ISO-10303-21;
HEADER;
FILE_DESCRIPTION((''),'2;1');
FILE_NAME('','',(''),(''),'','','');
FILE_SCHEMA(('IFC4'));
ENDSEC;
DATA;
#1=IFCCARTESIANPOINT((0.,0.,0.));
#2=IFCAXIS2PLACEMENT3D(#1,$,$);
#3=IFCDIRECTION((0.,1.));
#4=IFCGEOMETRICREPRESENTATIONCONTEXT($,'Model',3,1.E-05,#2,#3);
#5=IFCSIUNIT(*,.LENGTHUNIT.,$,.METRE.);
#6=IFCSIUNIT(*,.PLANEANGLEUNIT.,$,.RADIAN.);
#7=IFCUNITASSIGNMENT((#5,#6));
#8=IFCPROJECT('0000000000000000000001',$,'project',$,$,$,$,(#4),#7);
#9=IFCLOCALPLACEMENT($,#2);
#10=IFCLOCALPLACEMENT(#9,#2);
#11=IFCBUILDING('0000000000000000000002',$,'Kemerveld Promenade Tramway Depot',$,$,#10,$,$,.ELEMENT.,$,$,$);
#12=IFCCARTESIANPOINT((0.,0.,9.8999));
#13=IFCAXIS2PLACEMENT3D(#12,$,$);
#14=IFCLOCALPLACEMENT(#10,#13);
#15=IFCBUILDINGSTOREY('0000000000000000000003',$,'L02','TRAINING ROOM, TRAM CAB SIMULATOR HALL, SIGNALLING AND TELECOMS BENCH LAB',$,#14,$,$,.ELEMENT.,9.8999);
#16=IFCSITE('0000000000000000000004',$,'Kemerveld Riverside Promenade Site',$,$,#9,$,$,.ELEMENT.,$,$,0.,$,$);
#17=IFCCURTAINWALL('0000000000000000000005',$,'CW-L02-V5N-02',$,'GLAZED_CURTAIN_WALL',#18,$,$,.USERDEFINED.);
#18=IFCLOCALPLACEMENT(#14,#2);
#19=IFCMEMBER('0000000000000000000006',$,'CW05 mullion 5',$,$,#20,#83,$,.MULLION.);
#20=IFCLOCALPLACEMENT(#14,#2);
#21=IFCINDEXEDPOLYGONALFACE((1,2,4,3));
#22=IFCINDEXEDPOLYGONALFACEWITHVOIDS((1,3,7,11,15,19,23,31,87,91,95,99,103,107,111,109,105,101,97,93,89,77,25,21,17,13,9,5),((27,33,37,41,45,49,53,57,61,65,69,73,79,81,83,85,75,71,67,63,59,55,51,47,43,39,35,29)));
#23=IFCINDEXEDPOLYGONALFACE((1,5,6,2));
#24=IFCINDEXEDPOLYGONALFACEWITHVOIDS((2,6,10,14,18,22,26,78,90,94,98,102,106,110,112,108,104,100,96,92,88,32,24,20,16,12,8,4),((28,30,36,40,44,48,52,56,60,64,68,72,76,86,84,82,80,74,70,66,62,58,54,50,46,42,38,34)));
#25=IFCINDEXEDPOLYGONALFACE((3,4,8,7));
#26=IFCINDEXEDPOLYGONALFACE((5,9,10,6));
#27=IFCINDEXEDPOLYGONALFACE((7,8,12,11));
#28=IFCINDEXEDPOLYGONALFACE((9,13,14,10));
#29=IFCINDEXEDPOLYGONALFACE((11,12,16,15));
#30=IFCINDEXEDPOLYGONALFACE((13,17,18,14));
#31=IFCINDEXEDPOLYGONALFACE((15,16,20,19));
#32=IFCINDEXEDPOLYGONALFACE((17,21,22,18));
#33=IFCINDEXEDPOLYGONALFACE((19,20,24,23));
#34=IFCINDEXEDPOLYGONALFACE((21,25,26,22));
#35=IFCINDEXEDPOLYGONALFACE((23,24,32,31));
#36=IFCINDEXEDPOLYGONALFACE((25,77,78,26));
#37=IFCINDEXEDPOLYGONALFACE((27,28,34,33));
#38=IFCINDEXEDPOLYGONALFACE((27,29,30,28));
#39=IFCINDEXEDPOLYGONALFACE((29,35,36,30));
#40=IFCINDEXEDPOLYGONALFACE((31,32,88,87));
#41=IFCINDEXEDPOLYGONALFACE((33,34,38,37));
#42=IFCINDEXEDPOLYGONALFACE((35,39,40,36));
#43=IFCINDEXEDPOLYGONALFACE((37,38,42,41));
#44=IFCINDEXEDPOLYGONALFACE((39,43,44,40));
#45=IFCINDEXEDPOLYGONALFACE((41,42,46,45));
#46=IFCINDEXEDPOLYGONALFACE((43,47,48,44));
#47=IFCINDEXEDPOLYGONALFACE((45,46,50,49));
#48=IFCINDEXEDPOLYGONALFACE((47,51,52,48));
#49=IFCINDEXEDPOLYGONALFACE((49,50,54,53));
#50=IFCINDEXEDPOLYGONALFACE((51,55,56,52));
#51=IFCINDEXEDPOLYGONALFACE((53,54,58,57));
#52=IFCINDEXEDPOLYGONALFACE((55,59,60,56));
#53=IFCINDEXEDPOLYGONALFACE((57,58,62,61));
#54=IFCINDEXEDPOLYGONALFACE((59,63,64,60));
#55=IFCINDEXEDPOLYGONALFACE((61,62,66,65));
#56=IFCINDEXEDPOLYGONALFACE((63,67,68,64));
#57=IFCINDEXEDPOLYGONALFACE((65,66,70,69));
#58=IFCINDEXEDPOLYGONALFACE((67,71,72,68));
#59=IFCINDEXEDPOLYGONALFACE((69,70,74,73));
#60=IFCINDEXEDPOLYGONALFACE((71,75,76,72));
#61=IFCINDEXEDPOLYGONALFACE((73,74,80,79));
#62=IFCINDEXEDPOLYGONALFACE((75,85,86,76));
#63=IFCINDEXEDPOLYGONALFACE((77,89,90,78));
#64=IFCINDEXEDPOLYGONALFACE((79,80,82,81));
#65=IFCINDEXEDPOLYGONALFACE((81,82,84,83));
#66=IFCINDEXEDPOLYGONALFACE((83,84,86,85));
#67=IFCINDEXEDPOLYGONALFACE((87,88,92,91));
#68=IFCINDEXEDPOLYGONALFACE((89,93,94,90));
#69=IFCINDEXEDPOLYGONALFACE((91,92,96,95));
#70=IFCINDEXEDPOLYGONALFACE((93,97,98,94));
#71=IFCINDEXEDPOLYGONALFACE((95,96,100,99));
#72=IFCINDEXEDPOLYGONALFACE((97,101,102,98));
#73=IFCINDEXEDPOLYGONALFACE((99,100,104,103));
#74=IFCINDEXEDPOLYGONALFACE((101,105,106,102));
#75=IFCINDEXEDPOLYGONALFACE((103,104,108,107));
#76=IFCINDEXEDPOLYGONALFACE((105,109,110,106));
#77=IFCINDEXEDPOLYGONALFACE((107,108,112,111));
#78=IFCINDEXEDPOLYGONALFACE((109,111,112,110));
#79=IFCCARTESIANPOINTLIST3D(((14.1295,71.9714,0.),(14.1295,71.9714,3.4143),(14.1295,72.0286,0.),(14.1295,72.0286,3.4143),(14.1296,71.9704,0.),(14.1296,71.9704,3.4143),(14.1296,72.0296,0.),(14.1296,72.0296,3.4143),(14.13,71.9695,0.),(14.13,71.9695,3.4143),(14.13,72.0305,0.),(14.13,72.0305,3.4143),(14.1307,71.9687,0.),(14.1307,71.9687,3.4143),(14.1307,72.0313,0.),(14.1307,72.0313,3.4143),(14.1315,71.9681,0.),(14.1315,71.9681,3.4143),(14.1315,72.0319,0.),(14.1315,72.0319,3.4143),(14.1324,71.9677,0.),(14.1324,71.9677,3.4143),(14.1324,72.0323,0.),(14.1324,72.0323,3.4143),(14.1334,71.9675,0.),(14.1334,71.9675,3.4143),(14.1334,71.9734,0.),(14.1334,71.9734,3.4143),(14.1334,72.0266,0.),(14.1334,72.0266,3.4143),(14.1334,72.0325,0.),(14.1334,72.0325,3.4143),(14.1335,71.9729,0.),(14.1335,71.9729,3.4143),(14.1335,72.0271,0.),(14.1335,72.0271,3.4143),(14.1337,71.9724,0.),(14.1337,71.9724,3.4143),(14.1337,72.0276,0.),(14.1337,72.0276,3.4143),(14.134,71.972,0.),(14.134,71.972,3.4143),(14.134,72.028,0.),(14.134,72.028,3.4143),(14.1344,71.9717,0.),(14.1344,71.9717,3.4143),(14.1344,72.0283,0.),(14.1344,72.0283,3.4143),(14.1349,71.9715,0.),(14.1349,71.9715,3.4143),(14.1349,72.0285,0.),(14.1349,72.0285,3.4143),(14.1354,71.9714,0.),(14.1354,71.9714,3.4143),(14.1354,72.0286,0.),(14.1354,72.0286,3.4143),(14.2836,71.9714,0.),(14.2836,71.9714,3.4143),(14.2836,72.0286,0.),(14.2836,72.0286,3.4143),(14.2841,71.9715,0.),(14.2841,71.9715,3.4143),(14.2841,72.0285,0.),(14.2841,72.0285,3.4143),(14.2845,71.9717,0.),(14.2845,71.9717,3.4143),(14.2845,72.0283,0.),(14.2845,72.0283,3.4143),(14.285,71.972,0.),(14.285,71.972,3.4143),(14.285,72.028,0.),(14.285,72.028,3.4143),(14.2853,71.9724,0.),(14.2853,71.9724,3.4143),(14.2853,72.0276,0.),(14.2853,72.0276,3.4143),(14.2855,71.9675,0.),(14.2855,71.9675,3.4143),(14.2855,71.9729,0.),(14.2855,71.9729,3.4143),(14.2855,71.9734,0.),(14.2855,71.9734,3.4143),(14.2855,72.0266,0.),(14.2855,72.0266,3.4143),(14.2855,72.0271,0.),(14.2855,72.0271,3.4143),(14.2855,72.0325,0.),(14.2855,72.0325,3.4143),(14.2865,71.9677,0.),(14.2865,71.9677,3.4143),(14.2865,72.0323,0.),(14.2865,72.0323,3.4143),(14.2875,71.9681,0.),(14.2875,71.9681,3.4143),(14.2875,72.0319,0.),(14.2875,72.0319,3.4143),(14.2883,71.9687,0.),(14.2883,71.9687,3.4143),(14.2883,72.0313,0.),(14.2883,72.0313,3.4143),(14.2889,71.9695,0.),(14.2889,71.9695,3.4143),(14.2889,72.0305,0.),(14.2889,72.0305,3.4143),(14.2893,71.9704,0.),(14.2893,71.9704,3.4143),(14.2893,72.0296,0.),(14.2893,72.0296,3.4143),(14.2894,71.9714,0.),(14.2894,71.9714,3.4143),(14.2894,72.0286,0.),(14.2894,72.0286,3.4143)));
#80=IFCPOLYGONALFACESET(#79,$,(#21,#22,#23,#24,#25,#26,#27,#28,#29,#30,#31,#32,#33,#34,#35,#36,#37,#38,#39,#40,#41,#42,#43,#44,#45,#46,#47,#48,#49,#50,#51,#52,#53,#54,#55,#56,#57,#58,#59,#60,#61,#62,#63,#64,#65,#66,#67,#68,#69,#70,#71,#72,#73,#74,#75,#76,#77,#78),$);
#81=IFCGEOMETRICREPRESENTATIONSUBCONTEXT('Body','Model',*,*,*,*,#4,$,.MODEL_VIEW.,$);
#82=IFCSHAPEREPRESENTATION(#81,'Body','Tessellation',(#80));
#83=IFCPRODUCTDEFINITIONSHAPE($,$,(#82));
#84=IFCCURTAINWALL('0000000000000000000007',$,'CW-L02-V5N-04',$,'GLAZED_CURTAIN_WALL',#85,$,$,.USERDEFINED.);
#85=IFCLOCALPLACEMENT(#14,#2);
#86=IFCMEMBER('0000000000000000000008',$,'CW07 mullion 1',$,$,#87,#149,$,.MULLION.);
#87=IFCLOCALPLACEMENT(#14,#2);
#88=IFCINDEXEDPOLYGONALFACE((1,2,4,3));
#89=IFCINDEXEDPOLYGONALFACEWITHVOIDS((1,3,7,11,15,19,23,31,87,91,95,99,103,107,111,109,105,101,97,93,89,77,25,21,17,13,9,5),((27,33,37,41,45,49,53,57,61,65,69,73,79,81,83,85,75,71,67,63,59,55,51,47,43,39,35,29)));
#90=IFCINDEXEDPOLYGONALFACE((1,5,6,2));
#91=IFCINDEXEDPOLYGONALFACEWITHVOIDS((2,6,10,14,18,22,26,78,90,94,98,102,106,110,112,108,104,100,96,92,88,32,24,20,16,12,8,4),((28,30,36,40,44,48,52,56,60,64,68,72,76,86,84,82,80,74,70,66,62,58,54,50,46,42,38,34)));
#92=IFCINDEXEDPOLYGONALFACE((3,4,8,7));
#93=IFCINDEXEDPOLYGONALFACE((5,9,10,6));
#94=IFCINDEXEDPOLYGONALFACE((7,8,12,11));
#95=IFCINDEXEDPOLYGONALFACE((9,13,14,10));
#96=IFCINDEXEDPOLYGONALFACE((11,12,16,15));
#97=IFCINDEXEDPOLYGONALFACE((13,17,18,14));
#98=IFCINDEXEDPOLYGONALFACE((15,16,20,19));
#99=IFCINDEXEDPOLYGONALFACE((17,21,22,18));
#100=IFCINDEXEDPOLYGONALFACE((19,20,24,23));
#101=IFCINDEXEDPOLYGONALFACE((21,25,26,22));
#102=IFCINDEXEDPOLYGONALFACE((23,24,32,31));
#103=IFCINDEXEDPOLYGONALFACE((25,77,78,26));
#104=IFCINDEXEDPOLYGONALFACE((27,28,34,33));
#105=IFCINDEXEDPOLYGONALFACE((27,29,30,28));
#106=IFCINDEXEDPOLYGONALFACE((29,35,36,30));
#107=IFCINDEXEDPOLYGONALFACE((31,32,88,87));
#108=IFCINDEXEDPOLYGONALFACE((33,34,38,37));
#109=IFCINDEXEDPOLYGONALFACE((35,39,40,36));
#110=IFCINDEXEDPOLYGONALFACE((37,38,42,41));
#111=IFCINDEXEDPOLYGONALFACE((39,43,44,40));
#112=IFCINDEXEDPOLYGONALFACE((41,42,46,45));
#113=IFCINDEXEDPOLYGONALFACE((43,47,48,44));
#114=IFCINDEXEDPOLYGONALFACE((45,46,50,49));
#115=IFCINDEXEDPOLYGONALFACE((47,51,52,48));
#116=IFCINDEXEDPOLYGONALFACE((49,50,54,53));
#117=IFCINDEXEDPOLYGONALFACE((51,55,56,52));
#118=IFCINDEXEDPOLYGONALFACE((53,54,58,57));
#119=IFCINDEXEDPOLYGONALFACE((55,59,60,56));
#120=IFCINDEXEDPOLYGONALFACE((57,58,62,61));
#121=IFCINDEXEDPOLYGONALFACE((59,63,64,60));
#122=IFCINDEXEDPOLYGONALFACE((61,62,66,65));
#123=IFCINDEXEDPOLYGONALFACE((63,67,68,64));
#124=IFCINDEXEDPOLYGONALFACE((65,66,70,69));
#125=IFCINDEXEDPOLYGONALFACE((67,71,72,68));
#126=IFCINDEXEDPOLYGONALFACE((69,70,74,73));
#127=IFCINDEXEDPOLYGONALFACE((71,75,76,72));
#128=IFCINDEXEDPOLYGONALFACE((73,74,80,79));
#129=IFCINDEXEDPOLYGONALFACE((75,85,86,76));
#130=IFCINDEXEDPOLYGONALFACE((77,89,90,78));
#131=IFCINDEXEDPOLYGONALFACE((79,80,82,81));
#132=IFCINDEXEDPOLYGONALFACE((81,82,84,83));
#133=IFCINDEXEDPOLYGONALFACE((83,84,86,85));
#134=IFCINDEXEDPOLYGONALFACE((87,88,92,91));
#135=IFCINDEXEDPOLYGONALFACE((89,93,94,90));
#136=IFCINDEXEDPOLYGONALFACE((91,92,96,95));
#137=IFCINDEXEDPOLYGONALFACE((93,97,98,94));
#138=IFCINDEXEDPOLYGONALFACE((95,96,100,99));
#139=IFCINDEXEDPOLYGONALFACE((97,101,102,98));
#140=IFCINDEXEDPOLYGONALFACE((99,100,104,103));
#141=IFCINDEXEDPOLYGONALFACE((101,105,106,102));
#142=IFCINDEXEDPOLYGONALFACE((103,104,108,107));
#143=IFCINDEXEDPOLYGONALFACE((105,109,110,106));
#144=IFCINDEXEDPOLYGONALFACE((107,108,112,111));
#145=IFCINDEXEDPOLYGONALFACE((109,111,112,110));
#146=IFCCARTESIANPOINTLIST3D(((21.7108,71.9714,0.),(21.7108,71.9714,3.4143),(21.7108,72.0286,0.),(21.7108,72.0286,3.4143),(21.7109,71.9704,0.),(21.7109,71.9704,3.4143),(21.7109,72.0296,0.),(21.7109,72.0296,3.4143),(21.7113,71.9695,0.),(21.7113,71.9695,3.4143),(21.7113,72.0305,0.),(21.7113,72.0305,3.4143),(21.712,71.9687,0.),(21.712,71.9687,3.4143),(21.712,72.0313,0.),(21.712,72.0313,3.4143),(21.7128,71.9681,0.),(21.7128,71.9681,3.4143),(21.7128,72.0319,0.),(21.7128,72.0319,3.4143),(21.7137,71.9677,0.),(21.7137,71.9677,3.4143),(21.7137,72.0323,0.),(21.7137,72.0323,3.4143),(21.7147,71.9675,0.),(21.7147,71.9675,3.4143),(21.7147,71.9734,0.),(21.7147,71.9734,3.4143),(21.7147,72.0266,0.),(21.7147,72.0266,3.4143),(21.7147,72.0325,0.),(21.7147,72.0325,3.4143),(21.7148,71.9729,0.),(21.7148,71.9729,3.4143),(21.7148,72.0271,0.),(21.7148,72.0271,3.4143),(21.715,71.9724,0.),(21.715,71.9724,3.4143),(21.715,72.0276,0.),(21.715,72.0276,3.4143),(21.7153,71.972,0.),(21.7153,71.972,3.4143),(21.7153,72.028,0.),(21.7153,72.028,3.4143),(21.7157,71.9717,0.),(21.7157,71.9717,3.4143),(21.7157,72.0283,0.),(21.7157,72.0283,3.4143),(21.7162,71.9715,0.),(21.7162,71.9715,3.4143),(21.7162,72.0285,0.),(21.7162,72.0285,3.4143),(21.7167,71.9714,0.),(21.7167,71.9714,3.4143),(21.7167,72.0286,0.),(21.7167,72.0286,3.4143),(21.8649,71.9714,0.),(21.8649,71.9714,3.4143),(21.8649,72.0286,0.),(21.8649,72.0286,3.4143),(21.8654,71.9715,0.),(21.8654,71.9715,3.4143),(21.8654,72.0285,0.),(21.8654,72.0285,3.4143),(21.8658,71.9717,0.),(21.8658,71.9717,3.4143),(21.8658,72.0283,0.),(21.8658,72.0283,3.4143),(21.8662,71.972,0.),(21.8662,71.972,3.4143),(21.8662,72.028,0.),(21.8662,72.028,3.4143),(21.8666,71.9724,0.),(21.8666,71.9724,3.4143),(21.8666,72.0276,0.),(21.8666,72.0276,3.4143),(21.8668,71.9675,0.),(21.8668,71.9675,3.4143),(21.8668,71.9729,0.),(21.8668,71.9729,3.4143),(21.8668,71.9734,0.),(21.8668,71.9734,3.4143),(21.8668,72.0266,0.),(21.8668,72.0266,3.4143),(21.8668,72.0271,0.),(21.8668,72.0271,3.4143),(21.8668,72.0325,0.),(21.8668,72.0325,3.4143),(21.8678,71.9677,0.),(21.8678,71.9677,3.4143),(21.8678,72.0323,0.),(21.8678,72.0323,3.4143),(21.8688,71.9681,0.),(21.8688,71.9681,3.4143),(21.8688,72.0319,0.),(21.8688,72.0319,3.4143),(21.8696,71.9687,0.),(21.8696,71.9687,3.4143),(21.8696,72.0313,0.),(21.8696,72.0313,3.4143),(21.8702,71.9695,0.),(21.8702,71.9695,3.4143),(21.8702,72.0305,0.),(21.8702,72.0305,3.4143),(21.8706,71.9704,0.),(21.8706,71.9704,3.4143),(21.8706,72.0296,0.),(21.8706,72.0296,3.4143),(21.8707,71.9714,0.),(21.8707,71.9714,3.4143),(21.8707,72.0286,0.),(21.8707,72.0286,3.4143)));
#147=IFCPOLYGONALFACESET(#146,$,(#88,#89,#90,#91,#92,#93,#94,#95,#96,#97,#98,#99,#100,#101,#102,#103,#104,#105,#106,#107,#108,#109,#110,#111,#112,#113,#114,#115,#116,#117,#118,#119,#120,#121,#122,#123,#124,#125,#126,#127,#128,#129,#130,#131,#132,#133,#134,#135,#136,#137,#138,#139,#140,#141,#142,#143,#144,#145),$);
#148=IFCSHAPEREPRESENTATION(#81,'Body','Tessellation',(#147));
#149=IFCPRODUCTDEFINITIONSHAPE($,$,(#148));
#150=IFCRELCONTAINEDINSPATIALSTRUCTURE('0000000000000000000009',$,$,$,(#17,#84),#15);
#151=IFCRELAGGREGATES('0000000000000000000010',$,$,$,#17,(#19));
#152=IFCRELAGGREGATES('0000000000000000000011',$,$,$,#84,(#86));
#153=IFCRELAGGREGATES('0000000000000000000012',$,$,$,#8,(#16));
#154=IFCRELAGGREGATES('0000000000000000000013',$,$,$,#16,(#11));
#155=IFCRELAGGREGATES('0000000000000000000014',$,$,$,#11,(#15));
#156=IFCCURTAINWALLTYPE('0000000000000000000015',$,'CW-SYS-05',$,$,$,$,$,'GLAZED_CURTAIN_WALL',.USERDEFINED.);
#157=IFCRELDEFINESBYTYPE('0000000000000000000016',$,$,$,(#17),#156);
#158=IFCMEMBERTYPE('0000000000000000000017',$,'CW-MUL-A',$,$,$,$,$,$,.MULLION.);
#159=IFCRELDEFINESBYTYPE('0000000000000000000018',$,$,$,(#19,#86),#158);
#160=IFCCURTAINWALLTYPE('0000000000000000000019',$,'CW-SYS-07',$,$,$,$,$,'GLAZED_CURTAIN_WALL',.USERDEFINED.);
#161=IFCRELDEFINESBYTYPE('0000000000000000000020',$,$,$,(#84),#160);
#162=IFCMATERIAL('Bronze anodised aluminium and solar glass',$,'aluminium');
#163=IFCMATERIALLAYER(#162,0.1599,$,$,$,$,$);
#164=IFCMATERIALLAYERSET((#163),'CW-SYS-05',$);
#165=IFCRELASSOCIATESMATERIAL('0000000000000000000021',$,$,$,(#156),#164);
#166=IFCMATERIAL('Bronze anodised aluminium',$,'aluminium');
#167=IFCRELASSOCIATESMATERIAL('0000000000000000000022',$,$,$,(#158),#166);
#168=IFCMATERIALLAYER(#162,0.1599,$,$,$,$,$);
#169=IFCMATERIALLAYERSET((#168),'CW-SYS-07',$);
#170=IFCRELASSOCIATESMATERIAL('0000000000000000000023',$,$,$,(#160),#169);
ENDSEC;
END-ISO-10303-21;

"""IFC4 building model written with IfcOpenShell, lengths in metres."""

from ifc_helpers import new_model, si_unit, direction, frame, origin, origin_2d, place, context, subcontext, project, spatial, hollow_rectangle, extrude, material, layer, layer_set, material_profile, profile_set, type_object, element, aggregate, save


model = new_model("IFC4")

# Units and contexts
model_context = context("Model", 3, precision=1e-05, world=origin(), true_north=direction((0.0, 1.0)))
body_context = subcontext(model_context, "Body", "Model", "MODEL_VIEW")
ifc_project = project(units=[si_unit("LENGTHUNIT", "METRE"), si_unit("PLANEANGLEUNIT", "RADIAN")], contexts=[model_context])

# Site, building, storey
site_placement = place(None, origin())
site = spatial("IfcSite", under=ifc_project, at=site_placement, Name="Kemerveld Riverside Promenade Site", CompositionType="ELEMENT", RefElevation=0.0)
building_placement = place(site_placement, origin())
building = spatial("IfcBuilding", under=site, at=building_placement, Name="Kemerveld Promenade Tramway Depot", CompositionType="ELEMENT")
storey_placement = place(building_placement, frame((0.0, 0.0, 9.8999)))
storey = spatial("IfcBuildingStorey", under=building, at=storey_placement, Name="L02", Description="TRAINING ROOM, TRAM CAB SIMULATOR HALL, SIGNALLING AND TELECOMS BENCH LAB", CompositionType="ELEMENT", Elevation=9.8999)

# Curtain walls, members
ifc_material_1 = material(Name="Bronze anodised aluminium and solar glass", Category="aluminium")
ifc_layer_1 = layer(ifc_material_1, 0.1599)
ifc_layer_set_1 = layer_set([ifc_layer_1], Name="CW-SYS-05")
curtain_wall_type_1 = type_object("IfcCurtainWallType", Name="CW-SYS-05", ElementType="GLAZED_CURTAIN_WALL", PredefinedType="USERDEFINED", material=ifc_layer_set_1)
curtain_wall_1_placement = place(storey_placement, origin())
curtain_wall_1 = element("IfcCurtainWall", 1, at=curtain_wall_1_placement, inside=storey, type_object=curtain_wall_type_1, Name="CW-L02-V5N-02", ObjectType="GLAZED_CURTAIN_WALL", PredefinedType="USERDEFINED")
ifc_material_2 = material(Name="Bronze anodised aluminium", Category="aluminium")
ifc_material_profile_1 = material_profile(ifc_material_2, hollow_rectangle(XDim=0.0649, YDim=0.1599, WallThickness=0.0039, InnerFilletRadius=0.002, OuterFilletRadius=0.0039, at=origin_2d()), Name="CW-MUL-160x65")
ifc_profile_set_1 = profile_set([ifc_material_profile_1], Name="Bronze anodised aluminium")
member_type_1 = type_object("IfcMemberType", Name="CW-MUL-A", PredefinedType="MULLION", material=ifc_profile_set_1)
member_1_placement = place(storey_placement, frame((14.2095, 72.0, 0.0), z_axis=(0.0, 0.0, 1.0), x_axis=(0.0, 1.0, 0.0)))
member_1 = element("IfcMember", 2, at=member_1_placement, type_object=member_type_1, Name="CW05 mullion 5", PredefinedType="MULLION", context=body_context, shape_type="SweptSolid", body=[
    extrude(hollow_rectangle(XDim=0.0649, YDim=0.1599, WallThickness=0.0039, InnerFilletRadius=0.002, OuterFilletRadius=0.0039, at=origin_2d()), origin(), (0.0, 0.0, 1.0), 3.4143),
])
ifc_layer_2 = layer(ifc_material_1, 0.1599)
ifc_layer_set_2 = layer_set([ifc_layer_2], Name="CW-SYS-07")
curtain_wall_type_2 = type_object("IfcCurtainWallType", Name="CW-SYS-07", ElementType="GLAZED_CURTAIN_WALL", PredefinedType="USERDEFINED", material=ifc_layer_set_2)
curtain_wall_2_placement = place(storey_placement, origin())
curtain_wall_2 = element("IfcCurtainWall", 3, at=curtain_wall_2_placement, inside=storey, type_object=curtain_wall_type_2, Name="CW-L02-V5N-04", ObjectType="GLAZED_CURTAIN_WALL", PredefinedType="USERDEFINED")
member_2_placement = place(storey_placement, frame((21.7908, 72.0, 0.0), z_axis=(0.0, 0.0, 1.0), x_axis=(0.0, 1.0, 0.0)))
member_2 = element("IfcMember", 4, at=member_2_placement, type_object=member_type_1, Name="CW07 mullion 1", PredefinedType="MULLION", context=body_context, shape_type="SweptSolid", body=[
    extrude(hollow_rectangle(XDim=0.0649, YDim=0.1599, WallThickness=0.0039, InnerFilletRadius=0.002, OuterFilletRadius=0.0039, at=origin_2d()), origin(), (0.0, 0.0, 1.0), 3.4143),
])

aggregate(curtain_wall_1, [member_1])
aggregate(curtain_wall_2, [member_2])

save(model, "model.ifc")
